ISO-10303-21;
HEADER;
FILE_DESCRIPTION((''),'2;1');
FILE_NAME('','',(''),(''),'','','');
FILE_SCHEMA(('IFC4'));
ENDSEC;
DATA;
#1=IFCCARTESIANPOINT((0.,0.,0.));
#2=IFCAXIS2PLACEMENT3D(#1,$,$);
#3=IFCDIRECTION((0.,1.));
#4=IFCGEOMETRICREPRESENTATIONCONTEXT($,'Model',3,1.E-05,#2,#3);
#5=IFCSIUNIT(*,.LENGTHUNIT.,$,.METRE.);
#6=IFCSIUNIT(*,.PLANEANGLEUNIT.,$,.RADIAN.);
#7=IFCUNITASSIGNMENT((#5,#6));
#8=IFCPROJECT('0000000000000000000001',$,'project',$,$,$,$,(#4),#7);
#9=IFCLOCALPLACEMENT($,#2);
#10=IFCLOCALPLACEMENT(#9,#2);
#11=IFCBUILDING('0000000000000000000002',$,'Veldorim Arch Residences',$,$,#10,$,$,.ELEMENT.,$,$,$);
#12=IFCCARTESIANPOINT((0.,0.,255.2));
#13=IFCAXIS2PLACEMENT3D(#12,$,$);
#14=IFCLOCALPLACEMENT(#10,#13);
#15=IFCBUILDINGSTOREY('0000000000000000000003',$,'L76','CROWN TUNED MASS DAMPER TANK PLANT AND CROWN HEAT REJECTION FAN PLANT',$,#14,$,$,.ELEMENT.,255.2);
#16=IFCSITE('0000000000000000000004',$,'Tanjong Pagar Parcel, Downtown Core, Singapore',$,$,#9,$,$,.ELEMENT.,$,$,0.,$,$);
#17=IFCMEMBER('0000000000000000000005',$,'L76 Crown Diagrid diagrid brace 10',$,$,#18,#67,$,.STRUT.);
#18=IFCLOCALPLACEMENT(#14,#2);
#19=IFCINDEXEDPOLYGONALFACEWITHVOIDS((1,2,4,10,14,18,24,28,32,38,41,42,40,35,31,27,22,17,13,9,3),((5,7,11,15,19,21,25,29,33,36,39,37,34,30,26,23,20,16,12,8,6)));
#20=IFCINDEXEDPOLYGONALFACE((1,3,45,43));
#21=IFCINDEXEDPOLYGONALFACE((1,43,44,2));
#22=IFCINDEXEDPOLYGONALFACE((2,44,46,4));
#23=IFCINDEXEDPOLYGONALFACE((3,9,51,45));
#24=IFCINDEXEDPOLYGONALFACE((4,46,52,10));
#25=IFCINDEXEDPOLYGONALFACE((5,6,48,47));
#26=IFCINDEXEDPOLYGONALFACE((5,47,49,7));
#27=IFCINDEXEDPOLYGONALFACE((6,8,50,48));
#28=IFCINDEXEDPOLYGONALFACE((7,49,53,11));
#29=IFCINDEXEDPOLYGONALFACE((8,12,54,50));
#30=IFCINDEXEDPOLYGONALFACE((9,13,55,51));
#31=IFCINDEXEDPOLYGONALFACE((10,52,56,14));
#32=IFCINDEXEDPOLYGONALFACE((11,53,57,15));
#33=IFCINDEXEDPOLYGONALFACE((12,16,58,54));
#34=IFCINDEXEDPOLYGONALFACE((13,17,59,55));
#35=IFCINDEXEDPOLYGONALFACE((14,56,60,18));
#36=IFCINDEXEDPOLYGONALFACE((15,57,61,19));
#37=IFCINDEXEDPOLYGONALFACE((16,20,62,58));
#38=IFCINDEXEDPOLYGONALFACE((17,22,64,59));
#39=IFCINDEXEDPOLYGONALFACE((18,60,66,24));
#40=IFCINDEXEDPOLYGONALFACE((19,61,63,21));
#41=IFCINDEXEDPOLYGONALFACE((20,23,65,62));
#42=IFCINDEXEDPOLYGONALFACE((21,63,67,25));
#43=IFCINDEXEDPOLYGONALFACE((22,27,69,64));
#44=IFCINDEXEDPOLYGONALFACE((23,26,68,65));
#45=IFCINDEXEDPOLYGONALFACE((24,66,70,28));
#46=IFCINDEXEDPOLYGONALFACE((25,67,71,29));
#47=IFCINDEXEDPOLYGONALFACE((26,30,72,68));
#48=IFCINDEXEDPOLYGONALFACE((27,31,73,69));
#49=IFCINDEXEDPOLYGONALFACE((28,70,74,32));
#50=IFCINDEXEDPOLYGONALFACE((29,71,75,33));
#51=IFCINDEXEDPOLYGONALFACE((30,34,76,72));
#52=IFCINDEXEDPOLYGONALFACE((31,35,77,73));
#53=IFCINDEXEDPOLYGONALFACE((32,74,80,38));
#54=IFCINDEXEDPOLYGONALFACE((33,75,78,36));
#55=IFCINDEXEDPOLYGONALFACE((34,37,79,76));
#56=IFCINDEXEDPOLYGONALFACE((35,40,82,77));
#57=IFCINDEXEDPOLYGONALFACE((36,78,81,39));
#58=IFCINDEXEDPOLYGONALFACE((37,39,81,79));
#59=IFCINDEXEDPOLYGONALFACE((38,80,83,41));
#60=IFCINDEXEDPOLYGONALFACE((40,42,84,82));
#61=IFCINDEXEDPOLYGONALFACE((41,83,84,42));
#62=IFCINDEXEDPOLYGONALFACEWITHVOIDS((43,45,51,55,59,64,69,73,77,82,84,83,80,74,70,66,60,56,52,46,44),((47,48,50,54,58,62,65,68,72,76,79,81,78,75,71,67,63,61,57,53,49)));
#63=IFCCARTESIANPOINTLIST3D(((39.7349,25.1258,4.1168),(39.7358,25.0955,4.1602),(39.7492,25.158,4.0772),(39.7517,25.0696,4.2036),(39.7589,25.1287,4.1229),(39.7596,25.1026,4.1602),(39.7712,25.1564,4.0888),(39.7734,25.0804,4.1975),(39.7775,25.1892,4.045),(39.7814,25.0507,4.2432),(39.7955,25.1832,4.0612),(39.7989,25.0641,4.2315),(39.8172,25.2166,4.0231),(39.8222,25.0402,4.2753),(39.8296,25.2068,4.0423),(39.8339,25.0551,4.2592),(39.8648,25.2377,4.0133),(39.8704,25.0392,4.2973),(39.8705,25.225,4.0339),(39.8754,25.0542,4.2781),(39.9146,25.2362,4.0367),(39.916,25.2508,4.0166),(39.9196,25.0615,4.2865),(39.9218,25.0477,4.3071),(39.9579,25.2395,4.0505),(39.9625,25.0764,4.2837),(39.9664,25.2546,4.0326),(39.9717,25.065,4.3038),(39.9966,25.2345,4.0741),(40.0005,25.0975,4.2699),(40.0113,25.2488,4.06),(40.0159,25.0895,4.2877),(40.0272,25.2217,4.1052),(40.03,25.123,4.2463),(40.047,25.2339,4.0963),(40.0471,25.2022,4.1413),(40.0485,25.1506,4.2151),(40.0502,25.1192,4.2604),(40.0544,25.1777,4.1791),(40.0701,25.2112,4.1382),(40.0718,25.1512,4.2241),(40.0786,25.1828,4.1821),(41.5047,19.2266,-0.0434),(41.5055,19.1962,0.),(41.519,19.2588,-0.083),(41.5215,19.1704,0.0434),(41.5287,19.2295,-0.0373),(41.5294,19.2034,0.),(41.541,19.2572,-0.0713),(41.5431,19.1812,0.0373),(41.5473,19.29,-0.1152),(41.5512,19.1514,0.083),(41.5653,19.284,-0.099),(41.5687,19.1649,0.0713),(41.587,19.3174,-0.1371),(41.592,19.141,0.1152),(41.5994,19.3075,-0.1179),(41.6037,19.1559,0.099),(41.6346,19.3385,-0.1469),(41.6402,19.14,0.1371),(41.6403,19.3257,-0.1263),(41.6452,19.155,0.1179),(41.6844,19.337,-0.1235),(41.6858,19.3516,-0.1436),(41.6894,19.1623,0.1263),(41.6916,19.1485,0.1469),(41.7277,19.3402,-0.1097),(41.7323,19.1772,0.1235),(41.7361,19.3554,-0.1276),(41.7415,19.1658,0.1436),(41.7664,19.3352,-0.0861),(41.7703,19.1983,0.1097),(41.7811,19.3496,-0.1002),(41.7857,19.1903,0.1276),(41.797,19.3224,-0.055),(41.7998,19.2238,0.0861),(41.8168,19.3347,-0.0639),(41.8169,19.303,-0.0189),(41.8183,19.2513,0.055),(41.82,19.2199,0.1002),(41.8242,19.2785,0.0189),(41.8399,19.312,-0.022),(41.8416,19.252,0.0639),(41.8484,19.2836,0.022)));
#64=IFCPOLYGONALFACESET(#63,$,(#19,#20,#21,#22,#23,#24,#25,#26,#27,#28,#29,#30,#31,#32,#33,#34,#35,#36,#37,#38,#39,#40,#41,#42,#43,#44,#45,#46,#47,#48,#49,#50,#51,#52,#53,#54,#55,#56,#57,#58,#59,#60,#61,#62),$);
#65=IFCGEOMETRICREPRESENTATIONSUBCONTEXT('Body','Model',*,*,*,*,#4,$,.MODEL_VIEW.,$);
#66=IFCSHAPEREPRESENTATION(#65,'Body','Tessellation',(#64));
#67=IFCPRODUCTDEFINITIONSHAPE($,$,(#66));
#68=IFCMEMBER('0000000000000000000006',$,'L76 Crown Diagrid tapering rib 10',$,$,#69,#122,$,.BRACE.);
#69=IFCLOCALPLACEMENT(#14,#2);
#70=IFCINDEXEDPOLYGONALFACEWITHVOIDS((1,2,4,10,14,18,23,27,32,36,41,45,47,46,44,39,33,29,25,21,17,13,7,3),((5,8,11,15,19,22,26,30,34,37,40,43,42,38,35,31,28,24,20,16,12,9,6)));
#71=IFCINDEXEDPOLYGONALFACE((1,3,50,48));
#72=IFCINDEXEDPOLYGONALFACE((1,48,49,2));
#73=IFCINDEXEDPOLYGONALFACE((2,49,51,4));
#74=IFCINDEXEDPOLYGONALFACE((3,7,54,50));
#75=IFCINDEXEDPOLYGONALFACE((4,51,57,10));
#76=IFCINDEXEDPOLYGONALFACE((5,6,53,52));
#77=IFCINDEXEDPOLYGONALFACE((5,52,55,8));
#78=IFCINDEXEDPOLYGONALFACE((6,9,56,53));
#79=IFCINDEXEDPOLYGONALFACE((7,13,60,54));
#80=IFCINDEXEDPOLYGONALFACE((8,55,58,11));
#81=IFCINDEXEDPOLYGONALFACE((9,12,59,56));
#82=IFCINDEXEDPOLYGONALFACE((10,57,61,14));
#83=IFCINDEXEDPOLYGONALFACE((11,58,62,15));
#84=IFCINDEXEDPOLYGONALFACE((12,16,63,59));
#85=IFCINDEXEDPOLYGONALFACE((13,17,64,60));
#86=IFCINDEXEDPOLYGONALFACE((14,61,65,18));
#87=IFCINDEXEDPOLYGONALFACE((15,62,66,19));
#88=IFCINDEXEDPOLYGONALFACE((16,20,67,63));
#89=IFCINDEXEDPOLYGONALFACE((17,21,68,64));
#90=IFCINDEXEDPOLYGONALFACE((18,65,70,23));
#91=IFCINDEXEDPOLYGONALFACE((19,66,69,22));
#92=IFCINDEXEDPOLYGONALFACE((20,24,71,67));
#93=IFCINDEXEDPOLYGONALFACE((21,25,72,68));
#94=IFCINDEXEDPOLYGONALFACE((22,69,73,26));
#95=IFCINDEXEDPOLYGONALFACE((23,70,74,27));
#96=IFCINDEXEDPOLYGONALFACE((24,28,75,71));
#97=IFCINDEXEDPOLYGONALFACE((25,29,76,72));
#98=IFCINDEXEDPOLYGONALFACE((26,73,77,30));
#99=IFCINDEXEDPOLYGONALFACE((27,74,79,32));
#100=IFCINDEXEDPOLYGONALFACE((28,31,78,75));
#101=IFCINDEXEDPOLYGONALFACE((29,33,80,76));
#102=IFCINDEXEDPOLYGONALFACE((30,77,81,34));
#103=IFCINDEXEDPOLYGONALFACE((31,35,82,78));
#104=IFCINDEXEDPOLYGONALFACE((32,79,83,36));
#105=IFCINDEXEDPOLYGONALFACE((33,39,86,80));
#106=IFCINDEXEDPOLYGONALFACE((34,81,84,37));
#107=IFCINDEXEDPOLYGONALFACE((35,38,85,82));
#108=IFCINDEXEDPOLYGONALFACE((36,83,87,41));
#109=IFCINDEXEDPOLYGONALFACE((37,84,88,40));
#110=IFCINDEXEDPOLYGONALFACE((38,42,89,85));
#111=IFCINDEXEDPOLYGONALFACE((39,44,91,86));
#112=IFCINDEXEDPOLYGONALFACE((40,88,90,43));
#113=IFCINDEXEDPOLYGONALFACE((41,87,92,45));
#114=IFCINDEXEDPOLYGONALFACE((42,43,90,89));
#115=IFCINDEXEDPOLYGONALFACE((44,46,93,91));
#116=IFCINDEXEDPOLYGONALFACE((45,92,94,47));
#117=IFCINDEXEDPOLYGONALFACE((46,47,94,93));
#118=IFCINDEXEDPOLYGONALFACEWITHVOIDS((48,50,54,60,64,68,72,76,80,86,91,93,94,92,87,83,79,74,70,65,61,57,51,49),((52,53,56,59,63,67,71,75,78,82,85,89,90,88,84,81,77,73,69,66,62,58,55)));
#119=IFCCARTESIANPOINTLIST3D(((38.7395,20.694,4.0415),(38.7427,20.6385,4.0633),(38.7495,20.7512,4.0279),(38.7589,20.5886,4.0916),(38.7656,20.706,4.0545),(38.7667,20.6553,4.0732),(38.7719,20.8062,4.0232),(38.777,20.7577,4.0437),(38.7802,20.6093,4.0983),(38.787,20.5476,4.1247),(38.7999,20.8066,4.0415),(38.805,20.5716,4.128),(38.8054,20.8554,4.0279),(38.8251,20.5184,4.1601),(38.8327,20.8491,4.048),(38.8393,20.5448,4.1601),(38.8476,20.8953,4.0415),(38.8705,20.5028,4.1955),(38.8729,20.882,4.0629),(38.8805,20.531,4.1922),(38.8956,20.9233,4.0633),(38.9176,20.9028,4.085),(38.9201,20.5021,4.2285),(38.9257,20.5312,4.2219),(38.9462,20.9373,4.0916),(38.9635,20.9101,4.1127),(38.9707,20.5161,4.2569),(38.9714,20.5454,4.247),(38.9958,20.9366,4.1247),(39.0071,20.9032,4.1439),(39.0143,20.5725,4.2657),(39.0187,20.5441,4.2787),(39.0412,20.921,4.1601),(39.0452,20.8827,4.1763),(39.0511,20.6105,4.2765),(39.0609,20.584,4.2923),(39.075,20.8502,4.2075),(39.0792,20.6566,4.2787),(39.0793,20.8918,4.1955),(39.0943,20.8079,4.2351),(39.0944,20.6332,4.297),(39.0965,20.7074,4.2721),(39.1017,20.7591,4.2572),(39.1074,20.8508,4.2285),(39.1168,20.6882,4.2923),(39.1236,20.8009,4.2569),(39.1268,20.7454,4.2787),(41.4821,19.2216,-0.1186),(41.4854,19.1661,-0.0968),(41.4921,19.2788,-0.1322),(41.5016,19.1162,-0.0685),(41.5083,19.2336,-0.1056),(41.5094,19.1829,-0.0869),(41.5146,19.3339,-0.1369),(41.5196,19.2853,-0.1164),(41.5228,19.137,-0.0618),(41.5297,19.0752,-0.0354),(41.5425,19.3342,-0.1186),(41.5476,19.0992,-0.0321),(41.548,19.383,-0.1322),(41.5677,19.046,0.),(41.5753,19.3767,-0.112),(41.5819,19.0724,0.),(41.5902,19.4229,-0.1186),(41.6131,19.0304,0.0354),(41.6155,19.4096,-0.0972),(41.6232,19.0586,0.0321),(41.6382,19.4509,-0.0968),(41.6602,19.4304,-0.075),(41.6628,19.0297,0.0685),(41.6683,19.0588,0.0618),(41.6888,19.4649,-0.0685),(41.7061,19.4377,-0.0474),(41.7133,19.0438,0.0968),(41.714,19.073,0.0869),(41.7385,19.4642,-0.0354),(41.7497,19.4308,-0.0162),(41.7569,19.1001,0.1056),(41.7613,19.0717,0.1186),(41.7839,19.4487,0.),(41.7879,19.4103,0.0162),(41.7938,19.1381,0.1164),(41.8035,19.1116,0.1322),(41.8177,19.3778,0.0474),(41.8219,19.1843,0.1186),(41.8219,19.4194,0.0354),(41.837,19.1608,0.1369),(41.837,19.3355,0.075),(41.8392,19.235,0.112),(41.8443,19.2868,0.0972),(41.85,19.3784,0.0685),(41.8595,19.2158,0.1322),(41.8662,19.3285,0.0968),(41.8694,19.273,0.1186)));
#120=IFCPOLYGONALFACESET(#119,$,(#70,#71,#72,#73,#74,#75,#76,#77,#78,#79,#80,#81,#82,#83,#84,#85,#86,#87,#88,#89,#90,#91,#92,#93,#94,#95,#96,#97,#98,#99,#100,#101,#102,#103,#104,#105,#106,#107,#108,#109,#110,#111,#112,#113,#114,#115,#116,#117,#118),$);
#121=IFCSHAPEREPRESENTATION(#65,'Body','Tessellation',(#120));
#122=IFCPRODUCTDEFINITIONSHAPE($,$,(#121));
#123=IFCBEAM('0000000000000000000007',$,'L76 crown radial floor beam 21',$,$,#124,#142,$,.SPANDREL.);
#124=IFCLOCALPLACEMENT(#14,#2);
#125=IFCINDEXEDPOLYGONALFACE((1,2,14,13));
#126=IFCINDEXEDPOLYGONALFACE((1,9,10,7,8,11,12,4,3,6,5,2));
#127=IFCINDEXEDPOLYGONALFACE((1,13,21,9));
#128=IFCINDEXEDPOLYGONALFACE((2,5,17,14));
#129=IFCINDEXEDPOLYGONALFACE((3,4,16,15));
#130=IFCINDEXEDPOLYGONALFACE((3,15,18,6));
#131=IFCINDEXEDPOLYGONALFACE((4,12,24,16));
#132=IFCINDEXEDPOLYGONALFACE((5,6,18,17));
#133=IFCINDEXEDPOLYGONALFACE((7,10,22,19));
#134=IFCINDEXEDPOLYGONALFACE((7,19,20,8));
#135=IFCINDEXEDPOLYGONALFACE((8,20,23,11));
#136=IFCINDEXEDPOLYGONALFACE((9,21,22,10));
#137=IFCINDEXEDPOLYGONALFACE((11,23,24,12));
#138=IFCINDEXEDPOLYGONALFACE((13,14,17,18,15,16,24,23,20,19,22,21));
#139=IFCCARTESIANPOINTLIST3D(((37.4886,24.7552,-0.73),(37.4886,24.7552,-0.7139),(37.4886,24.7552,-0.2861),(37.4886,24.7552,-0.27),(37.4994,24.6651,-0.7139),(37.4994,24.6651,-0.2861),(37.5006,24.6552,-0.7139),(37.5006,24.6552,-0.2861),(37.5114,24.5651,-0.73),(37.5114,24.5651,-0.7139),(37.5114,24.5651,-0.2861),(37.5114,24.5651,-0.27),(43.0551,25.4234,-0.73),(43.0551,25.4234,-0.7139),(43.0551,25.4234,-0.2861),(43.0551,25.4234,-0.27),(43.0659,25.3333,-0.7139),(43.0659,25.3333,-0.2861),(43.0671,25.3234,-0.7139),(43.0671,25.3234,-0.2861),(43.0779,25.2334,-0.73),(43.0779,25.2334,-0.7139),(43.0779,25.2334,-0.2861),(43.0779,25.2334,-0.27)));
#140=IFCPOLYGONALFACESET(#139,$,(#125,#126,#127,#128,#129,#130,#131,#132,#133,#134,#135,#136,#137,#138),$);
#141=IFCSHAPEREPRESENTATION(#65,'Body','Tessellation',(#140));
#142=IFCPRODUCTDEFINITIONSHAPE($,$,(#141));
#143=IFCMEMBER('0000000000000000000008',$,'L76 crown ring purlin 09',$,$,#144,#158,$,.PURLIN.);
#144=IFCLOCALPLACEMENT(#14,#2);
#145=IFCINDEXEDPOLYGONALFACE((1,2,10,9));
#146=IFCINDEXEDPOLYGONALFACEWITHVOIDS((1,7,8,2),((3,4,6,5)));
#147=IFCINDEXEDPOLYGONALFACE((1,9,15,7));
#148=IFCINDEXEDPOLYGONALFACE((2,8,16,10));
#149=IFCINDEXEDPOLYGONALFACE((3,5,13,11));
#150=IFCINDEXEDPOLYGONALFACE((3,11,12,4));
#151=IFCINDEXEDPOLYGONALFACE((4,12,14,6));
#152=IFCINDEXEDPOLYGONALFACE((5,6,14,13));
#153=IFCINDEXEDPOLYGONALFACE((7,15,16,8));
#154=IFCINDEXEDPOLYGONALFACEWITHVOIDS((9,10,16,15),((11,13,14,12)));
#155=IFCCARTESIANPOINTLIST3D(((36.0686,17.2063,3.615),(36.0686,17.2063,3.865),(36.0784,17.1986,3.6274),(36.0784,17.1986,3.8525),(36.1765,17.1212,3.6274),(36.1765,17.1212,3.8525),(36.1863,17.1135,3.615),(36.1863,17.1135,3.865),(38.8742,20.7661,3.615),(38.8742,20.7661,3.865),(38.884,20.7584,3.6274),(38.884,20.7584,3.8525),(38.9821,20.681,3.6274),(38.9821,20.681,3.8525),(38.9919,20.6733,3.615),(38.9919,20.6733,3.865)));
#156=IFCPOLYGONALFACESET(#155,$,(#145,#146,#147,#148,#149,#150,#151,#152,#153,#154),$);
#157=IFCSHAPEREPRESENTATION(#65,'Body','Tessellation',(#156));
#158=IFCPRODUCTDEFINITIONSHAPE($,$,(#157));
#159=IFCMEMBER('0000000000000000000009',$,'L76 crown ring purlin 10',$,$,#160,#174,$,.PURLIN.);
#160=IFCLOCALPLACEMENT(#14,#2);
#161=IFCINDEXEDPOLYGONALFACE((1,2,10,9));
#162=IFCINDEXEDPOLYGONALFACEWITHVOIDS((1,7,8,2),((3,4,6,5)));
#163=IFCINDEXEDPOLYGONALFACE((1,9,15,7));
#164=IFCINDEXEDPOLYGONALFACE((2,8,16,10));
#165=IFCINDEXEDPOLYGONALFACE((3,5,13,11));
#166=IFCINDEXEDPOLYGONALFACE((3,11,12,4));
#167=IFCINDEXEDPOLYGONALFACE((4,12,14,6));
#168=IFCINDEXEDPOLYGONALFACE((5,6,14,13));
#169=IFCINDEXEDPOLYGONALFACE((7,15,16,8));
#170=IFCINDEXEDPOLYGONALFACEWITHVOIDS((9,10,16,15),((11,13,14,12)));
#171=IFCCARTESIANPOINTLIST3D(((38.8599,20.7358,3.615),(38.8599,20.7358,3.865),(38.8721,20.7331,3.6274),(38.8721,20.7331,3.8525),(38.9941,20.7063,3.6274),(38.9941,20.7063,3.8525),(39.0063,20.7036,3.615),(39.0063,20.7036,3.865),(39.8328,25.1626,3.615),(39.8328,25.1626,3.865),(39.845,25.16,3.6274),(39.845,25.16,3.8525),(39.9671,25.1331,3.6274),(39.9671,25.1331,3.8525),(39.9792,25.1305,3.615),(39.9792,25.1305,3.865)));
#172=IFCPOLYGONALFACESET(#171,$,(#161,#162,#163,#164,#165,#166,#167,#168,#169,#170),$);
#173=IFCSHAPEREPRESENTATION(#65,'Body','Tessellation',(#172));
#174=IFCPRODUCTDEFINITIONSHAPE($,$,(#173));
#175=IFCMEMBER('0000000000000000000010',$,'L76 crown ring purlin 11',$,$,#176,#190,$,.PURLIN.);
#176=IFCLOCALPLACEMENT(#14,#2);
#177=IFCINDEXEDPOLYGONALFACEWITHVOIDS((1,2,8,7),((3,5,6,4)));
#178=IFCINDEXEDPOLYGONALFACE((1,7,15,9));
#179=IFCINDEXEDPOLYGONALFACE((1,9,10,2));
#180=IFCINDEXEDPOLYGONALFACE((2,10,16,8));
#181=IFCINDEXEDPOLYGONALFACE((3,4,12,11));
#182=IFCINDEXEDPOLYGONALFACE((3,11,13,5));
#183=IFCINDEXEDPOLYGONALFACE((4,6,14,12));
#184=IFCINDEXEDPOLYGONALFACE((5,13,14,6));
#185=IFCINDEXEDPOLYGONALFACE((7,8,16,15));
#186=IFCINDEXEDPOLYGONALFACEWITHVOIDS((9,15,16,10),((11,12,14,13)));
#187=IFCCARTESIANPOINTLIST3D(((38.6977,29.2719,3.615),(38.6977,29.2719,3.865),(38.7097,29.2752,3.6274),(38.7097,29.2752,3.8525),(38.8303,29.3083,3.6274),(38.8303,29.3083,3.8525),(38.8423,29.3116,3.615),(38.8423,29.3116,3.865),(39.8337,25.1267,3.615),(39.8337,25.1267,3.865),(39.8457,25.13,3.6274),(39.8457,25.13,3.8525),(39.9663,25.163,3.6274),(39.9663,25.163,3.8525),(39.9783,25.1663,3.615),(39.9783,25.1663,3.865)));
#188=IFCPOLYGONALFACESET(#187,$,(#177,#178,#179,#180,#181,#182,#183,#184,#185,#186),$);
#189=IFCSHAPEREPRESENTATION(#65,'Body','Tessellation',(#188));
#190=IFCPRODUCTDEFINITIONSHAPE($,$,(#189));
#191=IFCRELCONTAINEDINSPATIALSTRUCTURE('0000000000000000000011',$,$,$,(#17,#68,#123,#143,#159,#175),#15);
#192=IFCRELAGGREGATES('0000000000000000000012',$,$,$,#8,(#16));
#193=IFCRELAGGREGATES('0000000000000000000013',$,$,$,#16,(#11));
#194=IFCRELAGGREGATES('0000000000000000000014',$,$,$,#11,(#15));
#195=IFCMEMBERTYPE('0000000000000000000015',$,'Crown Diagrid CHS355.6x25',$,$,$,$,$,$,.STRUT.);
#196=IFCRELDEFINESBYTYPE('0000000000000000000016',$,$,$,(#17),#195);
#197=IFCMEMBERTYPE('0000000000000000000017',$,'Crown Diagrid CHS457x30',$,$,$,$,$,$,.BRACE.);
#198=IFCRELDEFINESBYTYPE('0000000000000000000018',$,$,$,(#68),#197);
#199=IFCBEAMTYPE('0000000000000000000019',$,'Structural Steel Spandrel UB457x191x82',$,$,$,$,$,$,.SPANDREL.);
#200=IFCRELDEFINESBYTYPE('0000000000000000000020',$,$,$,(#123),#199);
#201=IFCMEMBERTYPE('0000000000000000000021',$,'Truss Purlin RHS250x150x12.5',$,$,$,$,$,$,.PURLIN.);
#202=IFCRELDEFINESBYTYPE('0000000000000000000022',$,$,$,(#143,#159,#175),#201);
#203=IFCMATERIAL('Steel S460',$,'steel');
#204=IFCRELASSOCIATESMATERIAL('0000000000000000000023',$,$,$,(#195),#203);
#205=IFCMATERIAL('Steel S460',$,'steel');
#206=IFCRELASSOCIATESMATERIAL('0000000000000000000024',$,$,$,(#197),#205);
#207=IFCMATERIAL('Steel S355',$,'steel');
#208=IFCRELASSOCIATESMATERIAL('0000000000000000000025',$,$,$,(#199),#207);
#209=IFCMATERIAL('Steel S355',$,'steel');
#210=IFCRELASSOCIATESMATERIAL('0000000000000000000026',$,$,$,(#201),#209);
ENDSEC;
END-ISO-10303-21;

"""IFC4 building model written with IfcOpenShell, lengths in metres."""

from ifc_helpers import new_model, si_unit, direction, frame, origin, origin_2d, place, context, subcontext, project, spatial, hollow_rectangle, hollow_circle, i_section, extrude, material, material_profile, profile_set, type_object, element, save


model = new_model("IFC4")

# Units and contexts
model_context = context("Model", 3, precision=1e-05, world=origin(), true_north=direction((0.0, 1.0)))
body_context = subcontext(model_context, "Body", "Model", "MODEL_VIEW")
ifc_project = project(units=[si_unit("LENGTHUNIT", "METRE"), si_unit("PLANEANGLEUNIT", "RADIAN")], contexts=[model_context])

# Site, building, storey
site_placement = place(None, origin())
site = spatial("IfcSite", under=ifc_project, at=site_placement, Name="Tanjong Pagar Parcel, Downtown Core, Singapore", CompositionType="ELEMENT", RefElevation=0.0)
building_placement = place(site_placement, origin())
building = spatial("IfcBuilding", under=site, at=building_placement, Name="Veldorim Arch Residences", CompositionType="ELEMENT")
storey_placement = place(building_placement, frame((0.0, 0.0, 255.2)))
storey = spatial("IfcBuildingStorey", under=building, at=storey_placement, Name="L76", Description="CROWN TUNED MASS DAMPER TANK PLANT AND CROWN HEAT REJECTION FAN PLANT", CompositionType="ELEMENT", Elevation=255.2)

# Members
ifc_material_1 = material(Name="Steel S460", Category="steel")
ifc_material_profile_1 = material_profile(ifc_material_1, hollow_circle(Radius=0.1777, WallThickness=0.0249, at=origin_2d()), Name="CHS355.6x25")
ifc_profile_set_1 = profile_set([ifc_material_profile_1], Name="Steel S460")
member_type_1 = type_object("IfcMemberType", Name="Crown Diagrid CHS355.6x25", PredefinedType="STRUT", material=ifc_profile_set_1)
member_1_placement = place(storey_placement, frame((41.6758, 19.2473, 0.0), z_axis=(-0.238119, 0.79372, 0.559739), x_axis=(-0.957825, -0.287352, 0.0)))
element("IfcMember", 1, at=member_1_placement, inside=storey, type_object=member_type_1, Name="L76 Crown Diagrid diagrid brace 10", PredefinedType="STRUT", context=body_context, shape_type="SweptSolid", body=[
    extrude(hollow_circle(Radius=0.1777, WallThickness=0.0249, at=origin_2d()), origin(), (0.0, 0.0, 1.0), 7.4324),
])
ifc_material_2 = material(Name="Steel S460", Category="steel")
ifc_material_profile_2 = material_profile(ifc_material_2, hollow_circle(Radius=0.2285, WallThickness=0.03, at=origin_2d()), Name="CHS457x30")
ifc_profile_set_2 = profile_set([ifc_material_profile_2], Name="Steel S460")
member_type_2 = type_object("IfcMemberType", Name="Crown Diagrid CHS457x30", PredefinedType="BRACE", material=ifc_profile_set_2)
member_2_placement = place(storey_placement, frame((41.6758, 19.2473, 0.0), z_axis=(-0.527856, 0.283381, 0.800664), x_axis=(-0.473, -0.881062, 0.0)))
element("IfcMember", 2, at=member_2_placement, inside=storey, type_object=member_type_2, Name="L76 Crown Diagrid tapering rib 10", PredefinedType="BRACE", context=body_context, shape_type="SweptSolid", body=[
    extrude(hollow_circle(Radius=0.2285, WallThickness=0.03, at=origin_2d()), origin(), (0.0, 0.0, 1.0), 5.1958),
])

# Beam
ifc_material_3 = material(Name="Steel S355", Category="steel")
ifc_material_profile_3 = material_profile(ifc_material_3, i_section(OverallWidth=0.1914, OverallDepth=0.46, WebThickness=0.01, FlangeThickness=0.0161, at=origin_2d()), Name="UB457x191x82")
ifc_profile_set_3 = profile_set([ifc_material_profile_3], Name="Steel S355")
beam_type = type_object("IfcBeamType", Name="Structural Steel Spandrel UB457x191x82", PredefinedType="SPANDREL", material=ifc_profile_set_3)
beam_placement = place(storey_placement, frame((37.5, 24.6602, -0.5), z_axis=(0.992872, 0.119188, 0.0), x_axis=(-0.119188, 0.992872, 0.0)))
element("IfcBeam", 3, at=beam_placement, inside=storey, type_object=beam_type, Name="L76 crown radial floor beam 21", PredefinedType="SPANDREL", context=body_context, shape_type="SweptSolid", body=[
    extrude(i_section(OverallWidth=0.1914, OverallDepth=0.46, WebThickness=0.01, FlangeThickness=0.0161, at=origin_2d()), origin(), (0.0, 0.0, 1.0), 5.6064),
])

# Members
ifc_material_4 = material(Name="Steel S355", Category="steel")
ifc_material_profile_4 = material_profile(ifc_material_4, hollow_rectangle(XDim=0.1499, YDim=0.25, WallThickness=0.0125, at=origin_2d()), Name="RHS250x150x12.5")
ifc_profile_set_4 = profile_set([ifc_material_profile_4], Name="Steel S355")
member_type_3 = type_object("IfcMemberType", Name="Truss Purlin RHS250x150x12.5", PredefinedType="PURLIN", material=ifc_profile_set_4)
for number, where, z_axis, x_axis, name in (
    (4, (36.1274, 17.1599, 3.74), (0.619003, 0.785389, 0.0), (-0.785389, 0.619003, 0.0), "L76 crown ring purlin 09"),
    (5, (38.9331, 20.7197, 3.74), (0.214654, 0.97669, 0.0), (-0.97669, 0.214654, 0.0), "L76 crown ring purlin 10"),
):
    element("IfcMember", number, at=place(storey_placement, frame(where, z_axis=z_axis, x_axis=x_axis)), inside=storey, type_object=member_type_3, Name=name, PredefinedType="PURLIN", context=body_context, shape_type="SweptSolid", body=[
        extrude(hollow_rectangle(XDim=0.1499, YDim=0.25, WallThickness=0.0125, at=origin_2d()), origin(), (0.0, 0.0, 1.0), 4.5325),
    ])
member_3_placement = place(storey_placement, frame((39.906, 25.1465, 3.74), z_axis=(-0.2643, 0.964441, 0.0), x_axis=(-0.964441, -0.2643, 0.0)))
element("IfcMember", 6, at=member_3_placement, inside=storey, type_object=member_type_3, Name="L76 crown ring purlin 11", PredefinedType="PURLIN", context=body_context, shape_type="SweptSolid", body=[
    extrude(hollow_rectangle(XDim=0.1499, YDim=0.25, WallThickness=0.0125, at=origin_2d()), origin(), (0.0, 0.0, 1.0), 4.2981),
])

save(model, "model.ifc")
